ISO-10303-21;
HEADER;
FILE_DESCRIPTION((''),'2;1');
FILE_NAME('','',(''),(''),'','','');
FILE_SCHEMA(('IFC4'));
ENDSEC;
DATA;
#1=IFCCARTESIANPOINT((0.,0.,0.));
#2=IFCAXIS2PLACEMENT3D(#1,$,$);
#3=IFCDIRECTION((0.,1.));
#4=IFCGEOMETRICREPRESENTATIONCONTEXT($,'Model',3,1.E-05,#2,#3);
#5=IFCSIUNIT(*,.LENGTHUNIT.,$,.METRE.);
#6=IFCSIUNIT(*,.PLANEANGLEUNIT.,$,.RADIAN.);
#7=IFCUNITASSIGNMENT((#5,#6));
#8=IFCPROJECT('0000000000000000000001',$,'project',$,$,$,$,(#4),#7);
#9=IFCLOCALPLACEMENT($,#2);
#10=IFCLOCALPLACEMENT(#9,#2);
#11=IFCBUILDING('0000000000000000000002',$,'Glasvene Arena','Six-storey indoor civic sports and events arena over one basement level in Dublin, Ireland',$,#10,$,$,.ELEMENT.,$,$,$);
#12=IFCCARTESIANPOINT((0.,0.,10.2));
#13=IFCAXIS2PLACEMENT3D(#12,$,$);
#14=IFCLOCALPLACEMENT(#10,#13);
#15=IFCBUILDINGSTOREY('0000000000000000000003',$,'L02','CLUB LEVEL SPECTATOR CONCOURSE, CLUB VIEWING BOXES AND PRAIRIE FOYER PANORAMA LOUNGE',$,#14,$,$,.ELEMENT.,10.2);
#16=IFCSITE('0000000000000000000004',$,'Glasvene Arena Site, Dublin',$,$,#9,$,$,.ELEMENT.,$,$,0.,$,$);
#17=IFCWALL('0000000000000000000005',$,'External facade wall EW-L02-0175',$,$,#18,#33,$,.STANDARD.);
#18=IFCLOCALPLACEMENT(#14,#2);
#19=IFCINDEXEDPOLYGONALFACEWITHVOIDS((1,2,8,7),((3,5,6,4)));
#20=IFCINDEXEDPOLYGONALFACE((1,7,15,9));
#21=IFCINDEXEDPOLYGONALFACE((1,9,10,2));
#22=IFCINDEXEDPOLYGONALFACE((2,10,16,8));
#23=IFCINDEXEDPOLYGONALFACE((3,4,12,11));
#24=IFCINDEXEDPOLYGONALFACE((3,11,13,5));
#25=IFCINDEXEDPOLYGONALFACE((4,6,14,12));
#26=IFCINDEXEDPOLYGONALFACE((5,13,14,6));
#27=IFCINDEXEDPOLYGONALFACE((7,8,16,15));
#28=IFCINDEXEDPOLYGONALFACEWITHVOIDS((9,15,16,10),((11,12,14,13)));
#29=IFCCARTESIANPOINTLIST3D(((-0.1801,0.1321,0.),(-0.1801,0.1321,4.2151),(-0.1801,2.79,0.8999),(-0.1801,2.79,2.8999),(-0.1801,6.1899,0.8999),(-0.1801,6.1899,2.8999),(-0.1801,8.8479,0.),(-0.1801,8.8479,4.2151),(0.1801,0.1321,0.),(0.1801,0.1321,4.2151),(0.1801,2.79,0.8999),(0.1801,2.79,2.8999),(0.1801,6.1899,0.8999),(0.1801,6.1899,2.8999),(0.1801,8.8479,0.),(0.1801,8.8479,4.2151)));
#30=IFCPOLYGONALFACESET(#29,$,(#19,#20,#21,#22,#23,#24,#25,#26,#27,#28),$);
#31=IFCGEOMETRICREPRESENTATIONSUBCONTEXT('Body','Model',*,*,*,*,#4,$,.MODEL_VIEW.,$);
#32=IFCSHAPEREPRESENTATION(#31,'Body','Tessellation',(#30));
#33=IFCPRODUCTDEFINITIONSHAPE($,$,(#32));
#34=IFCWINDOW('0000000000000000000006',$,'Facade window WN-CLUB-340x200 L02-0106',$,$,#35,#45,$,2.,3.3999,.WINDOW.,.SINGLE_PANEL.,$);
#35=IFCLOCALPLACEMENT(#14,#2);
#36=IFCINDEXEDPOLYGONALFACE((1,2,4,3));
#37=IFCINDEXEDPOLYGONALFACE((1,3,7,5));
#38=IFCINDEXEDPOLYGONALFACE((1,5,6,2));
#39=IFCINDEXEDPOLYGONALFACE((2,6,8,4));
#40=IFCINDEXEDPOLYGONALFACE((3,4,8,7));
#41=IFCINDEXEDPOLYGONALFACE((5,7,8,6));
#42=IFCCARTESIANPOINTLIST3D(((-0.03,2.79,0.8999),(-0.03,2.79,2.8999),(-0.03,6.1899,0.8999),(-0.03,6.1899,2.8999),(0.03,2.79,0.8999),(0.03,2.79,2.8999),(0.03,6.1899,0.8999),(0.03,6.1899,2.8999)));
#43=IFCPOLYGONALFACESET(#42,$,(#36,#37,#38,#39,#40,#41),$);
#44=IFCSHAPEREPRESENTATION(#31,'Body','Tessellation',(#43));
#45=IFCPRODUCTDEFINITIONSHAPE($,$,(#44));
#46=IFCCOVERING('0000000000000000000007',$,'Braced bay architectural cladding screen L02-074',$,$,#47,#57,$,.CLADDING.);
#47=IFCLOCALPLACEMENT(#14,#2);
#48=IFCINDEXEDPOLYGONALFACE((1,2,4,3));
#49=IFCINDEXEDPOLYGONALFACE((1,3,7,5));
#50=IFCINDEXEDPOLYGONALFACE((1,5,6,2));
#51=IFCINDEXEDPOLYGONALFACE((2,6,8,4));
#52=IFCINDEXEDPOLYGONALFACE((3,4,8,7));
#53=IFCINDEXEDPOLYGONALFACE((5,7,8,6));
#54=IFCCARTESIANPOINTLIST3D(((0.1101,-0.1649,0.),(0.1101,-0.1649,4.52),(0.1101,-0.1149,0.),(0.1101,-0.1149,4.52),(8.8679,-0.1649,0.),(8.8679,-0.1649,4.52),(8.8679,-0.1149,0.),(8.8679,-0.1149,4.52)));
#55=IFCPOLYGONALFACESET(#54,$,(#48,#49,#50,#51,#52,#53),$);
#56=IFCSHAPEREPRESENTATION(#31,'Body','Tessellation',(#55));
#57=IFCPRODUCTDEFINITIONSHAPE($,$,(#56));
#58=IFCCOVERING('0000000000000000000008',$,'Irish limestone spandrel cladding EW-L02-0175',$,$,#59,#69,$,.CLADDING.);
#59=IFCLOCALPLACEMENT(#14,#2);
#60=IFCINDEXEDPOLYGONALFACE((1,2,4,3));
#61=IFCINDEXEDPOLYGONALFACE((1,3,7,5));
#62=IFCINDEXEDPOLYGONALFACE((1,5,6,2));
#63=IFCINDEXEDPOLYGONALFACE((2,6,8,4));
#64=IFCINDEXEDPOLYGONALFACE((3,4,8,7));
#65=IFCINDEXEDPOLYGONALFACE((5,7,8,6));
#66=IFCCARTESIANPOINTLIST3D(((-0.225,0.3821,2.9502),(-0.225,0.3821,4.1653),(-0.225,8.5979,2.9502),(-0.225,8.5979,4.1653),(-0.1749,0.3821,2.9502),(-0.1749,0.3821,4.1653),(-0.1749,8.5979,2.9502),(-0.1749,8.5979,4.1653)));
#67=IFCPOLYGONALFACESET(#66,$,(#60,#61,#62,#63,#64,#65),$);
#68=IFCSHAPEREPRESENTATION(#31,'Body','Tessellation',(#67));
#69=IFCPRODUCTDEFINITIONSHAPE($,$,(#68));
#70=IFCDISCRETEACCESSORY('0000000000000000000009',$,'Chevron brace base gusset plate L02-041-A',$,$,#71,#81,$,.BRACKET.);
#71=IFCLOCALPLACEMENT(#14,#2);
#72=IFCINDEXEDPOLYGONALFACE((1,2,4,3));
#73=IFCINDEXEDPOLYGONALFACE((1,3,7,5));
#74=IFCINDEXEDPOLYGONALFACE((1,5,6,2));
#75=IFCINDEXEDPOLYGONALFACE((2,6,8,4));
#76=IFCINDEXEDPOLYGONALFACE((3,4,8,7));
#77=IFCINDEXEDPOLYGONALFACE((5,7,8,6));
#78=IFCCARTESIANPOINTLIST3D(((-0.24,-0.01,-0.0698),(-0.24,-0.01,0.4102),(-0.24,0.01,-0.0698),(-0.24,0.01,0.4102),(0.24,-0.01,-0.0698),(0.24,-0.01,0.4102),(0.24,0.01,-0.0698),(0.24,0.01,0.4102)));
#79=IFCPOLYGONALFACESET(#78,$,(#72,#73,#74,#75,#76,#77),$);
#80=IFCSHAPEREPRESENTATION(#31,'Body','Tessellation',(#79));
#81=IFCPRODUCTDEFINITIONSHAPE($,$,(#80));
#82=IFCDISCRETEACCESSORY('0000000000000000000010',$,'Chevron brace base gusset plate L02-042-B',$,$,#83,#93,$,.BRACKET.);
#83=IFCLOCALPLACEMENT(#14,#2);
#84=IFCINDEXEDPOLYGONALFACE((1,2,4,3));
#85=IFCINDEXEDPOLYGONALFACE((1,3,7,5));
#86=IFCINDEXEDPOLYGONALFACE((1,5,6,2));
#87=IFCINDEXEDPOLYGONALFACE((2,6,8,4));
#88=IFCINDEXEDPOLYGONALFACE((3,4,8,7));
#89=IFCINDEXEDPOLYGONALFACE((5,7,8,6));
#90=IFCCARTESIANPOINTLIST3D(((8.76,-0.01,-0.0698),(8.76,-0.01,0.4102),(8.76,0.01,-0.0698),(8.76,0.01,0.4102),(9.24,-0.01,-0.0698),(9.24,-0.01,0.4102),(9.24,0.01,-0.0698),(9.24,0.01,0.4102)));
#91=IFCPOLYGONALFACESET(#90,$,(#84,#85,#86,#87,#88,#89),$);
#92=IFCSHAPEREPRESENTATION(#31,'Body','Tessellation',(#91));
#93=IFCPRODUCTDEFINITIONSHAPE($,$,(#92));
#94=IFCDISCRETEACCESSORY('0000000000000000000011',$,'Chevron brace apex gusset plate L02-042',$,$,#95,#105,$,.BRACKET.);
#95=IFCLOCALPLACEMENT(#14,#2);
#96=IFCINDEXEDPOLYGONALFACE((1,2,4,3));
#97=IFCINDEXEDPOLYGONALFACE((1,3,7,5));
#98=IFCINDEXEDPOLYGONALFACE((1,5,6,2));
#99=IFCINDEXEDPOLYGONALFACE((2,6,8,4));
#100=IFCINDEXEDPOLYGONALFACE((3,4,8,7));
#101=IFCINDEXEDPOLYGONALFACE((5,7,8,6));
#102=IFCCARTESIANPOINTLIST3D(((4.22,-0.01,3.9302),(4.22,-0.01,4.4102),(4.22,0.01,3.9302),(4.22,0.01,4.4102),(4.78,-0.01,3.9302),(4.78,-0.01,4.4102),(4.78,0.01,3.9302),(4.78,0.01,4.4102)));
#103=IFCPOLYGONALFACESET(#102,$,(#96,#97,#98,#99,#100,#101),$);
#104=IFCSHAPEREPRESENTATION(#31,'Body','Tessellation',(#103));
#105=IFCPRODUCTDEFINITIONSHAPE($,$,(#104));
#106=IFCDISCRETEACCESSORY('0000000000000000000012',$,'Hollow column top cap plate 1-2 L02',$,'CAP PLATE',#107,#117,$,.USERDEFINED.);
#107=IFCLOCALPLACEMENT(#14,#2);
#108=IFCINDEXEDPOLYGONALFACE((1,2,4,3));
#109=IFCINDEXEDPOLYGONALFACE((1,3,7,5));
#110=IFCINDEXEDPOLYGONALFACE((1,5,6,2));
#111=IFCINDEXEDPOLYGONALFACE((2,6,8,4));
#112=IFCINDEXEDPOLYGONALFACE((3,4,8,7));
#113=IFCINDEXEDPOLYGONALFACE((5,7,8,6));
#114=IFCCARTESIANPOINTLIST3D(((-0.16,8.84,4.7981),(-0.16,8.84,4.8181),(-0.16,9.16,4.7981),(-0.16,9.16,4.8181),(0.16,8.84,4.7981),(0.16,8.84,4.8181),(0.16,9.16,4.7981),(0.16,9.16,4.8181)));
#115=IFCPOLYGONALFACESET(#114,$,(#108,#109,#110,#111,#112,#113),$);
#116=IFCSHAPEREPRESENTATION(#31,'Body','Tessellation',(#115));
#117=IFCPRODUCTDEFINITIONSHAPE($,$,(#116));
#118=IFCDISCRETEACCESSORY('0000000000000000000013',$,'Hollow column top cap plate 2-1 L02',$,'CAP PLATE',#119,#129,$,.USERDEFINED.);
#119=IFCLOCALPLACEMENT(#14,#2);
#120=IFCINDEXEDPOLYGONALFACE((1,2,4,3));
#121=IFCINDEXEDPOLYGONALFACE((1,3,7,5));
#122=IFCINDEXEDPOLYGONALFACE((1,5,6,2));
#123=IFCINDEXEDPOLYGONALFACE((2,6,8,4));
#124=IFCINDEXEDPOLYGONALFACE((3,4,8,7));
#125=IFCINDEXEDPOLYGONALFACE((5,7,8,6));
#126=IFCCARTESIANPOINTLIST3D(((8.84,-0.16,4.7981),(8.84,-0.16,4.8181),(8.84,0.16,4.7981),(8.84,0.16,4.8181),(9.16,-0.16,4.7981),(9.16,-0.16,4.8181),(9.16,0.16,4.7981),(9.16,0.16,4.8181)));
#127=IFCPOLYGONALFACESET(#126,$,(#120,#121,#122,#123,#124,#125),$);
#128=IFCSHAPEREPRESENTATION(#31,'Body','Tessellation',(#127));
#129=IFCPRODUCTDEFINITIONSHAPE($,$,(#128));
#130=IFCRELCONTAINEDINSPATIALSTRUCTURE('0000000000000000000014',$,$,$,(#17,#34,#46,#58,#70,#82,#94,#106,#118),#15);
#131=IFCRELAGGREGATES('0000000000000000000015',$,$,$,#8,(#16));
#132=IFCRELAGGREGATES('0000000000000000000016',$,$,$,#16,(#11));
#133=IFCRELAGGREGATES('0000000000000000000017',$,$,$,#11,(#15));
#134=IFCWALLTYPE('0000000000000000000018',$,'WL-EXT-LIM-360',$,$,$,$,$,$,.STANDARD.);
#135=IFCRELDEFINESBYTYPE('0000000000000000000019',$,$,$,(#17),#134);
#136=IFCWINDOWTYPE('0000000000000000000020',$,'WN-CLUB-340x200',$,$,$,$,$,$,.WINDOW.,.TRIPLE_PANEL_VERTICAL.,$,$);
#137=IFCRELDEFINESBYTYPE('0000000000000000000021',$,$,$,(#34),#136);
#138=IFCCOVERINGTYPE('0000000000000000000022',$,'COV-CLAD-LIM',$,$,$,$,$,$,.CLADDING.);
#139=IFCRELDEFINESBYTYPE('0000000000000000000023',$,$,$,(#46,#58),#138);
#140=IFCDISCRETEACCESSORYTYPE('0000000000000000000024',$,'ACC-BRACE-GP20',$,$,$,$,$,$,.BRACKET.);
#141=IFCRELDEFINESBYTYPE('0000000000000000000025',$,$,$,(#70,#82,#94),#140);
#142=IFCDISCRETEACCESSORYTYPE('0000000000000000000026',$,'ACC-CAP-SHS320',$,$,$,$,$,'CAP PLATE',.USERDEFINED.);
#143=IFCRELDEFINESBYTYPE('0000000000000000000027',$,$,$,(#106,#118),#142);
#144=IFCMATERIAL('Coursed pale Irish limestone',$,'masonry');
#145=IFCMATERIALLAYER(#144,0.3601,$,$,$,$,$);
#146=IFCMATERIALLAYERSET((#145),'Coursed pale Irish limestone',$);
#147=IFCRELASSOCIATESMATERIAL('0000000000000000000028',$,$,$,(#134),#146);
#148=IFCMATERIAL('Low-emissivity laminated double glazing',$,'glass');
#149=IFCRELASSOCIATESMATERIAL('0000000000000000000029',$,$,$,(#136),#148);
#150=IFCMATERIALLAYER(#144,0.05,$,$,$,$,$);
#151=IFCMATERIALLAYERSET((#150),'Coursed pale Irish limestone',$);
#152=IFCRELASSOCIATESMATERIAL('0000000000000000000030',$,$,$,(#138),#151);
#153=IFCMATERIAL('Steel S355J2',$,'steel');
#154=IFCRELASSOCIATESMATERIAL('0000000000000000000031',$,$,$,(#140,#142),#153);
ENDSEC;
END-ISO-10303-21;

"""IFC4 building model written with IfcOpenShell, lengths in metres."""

from ifc_helpers import new_model, si_unit, direction, frame, frame_2d, origin, origin_2d, place, context, subcontext, project, spatial, rectangle, extrude, material, layer, layer_set, type_object, element, fill, save


model = new_model("IFC4")

# Units and contexts
model_context = context("Model", 3, precision=1e-05, world=origin(), true_north=direction((0.0, 1.0)))
body_context = subcontext(model_context, "Body", "Model", "MODEL_VIEW")
ifc_project = project(units=[si_unit("LENGTHUNIT", "METRE"), si_unit("PLANEANGLEUNIT", "RADIAN")], contexts=[model_context])

# Site, building, storey
site_placement = place(None, origin())
site = spatial("IfcSite", under=ifc_project, at=site_placement, Name="Glasvene Arena Site, Dublin", CompositionType="ELEMENT", RefElevation=0.0)
building_placement = place(site_placement, origin())
building = spatial("IfcBuilding", under=site, at=building_placement, Name="Glasvene Arena", Description="Six-storey indoor civic sports and events arena over one basement level in Dublin, Ireland", CompositionType="ELEMENT")
storey_placement = place(building_placement, frame((0.0, 0.0, 10.2)))
storey = spatial("IfcBuildingStorey", under=building, at=storey_placement, Name="L02", Description="CLUB LEVEL SPECTATOR CONCOURSE, CLUB VIEWING BOXES AND PRAIRIE FOYER PANORAMA LOUNGE", CompositionType="ELEMENT", Elevation=10.2)

# Shared definitions
ifc_material_1 = material(Name="Steel S355J2", Category="steel")

# Shared definitions
ifc_material_2 = material(Name="Low-emissivity laminated double glazing", Category="glass")

# Wall, opening, window
ifc_material_3 = material(Name="Coursed pale Irish limestone", Category="masonry")
ifc_layer_1 = layer(ifc_material_3, 0.3601)
ifc_layer_set_1 = layer_set([ifc_layer_1], Name="Coursed pale Irish limestone")
wall_type = type_object("IfcWallType", Name="WL-EXT-LIM-360", PredefinedType="STANDARD", material=ifc_layer_set_1)
wall_placement = place(storey_placement, frame((0.0, 0.1321, 0.0), z_axis=(0.0, 0.0, 1.0), x_axis=(0.0, 1.0, 0.0)))
wall = element("IfcWall", 1, at=wall_placement, inside=storey, type_object=wall_type, Name="External facade wall EW-L02-0175", PredefinedType="STANDARD", context=body_context, shape_type="SweptSolid", body=[
    extrude(rectangle(XDim=8.7158, YDim=0.3601, at=frame_2d((4.3579, 0.0))), origin(), (0.0, 0.0, 1.0), 4.2151),
])
opening_placement = place(wall_placement, frame((2.658, 0.0, 0.8999)))
opening = element("IfcOpeningElement", 2, at=opening_placement, cuts=wall, PredefinedType="OPENING", context=body_context, shape_type="SweptSolid", body=[
    extrude(rectangle(XDim=3.3999, YDim=2.0, at=frame_2d((1.7, 1.0))), frame((0.0, 0.1899, 0.0), z_axis=(0.0, -1.0, 0.0), x_axis=(1.0, 0.0, 0.0)), (0.0, 0.0, 1.0), 0.3801),
])
window_type = type_object("IfcWindowType", Name="WN-CLUB-340x200", PartitioningType="TRIPLE_PANEL_VERTICAL", PredefinedType="WINDOW", material=ifc_material_2)
window_placement = place(opening_placement, origin())
window = element("IfcWindow", 3, at=window_placement, inside=storey, type_object=window_type, Name="Facade window WN-CLUB-340x200 L02-0106", OverallHeight=2.0, OverallWidth=3.3999, PartitioningType="SINGLE_PANEL", PredefinedType="WINDOW", context=body_context, shape_type="SweptSolid", body=[
    extrude(rectangle(XDim=3.3999, YDim=2.0, at=frame_2d((1.7, 1.0))), frame((0.0, 0.03, 0.0), z_axis=(0.0, -1.0, 0.0), x_axis=(1.0, 0.0, 0.0)), (0.0, 0.0, 1.0), 0.0601),
])
fill(opening, window)

# Coverings
ifc_layer_2 = layer(ifc_material_3, 0.05)
ifc_layer_set_2 = layer_set([ifc_layer_2], Name="Coursed pale Irish limestone")
covering_type = type_object("IfcCoveringType", Name="COV-CLAD-LIM", PredefinedType="CLADDING", material=ifc_layer_set_2)
covering_1_placement = place(storey_placement, frame((4.489, -0.1399, 0.0), z_axis=(0.0, 0.0, 1.0), x_axis=(-1.0, 0.0, 0.0)))
element("IfcCovering", 4, at=covering_1_placement, inside=storey, type_object=covering_type, Name="Braced bay architectural cladding screen L02-074", PredefinedType="CLADDING", context=body_context, shape_type="SweptSolid", body=[
    extrude(rectangle(XDim=8.7578, YDim=0.05, at=origin_2d()), origin(), (0.0, 0.0, 1.0), 4.52),
])
covering_2_placement = place(storey_placement, frame((-0.2, 4.49, 2.9502), z_axis=(0.0, 0.0, 1.0), x_axis=(0.0, 1.0, 0.0)))
element("IfcCovering", 5, at=covering_2_placement, inside=storey, type_object=covering_type, Name="Irish limestone spandrel cladding EW-L02-0175", PredefinedType="CLADDING", context=body_context, shape_type="SweptSolid", body=[
    extrude(rectangle(XDim=8.2158, YDim=0.05, at=origin_2d()), origin(), (0.0, 0.0, 1.0), 1.2151),
])

# Discrete accessories
discrete_accessory_type_1 = type_object("IfcDiscreteAccessoryType", Name="ACC-BRACE-GP20", PredefinedType="BRACKET", material=ifc_material_1)
for number, where, z_axis, x_axis, name in (
    (6, (0.0, 0.0, -0.0698), (0.0, 0.0, 1.0), (1.0, 0.0, 0.0), "Chevron brace base gusset plate L02-041-A"),
    (7, (9.0, 0.0, -0.0698), (0.0, 0.0, 1.0), (1.0, 0.0, 0.0), "Chevron brace base gusset plate L02-042-B"),
):
    element("IfcDiscreteAccessory", number, at=place(storey_placement, frame(where, z_axis=z_axis, x_axis=x_axis)), inside=storey, type_object=discrete_accessory_type_1, Name=name, PredefinedType="BRACKET", context=body_context, shape_type="SweptSolid", body=[
        extrude(rectangle(XDim=0.48, YDim=0.02, at=origin_2d()), origin(), (0.0, 0.0, 1.0), 0.48),
    ])
discrete_accessory_placement = place(storey_placement, frame((4.5, 0.0, 3.9302), z_axis=(0.0, 0.0, 1.0), x_axis=(1.0, 0.0, 0.0)))
element("IfcDiscreteAccessory", 8, at=discrete_accessory_placement, inside=storey, type_object=discrete_accessory_type_1, Name="Chevron brace apex gusset plate L02-042", PredefinedType="BRACKET", context=body_context, shape_type="SweptSolid", body=[
    extrude(rectangle(XDim=0.5601, YDim=0.02, at=origin_2d()), origin(), (0.0, 0.0, 1.0), 0.48),
])
discrete_accessory_type_2 = type_object("IfcDiscreteAccessoryType", Name="ACC-CAP-SHS320", ElementType="CAP PLATE", PredefinedType="USERDEFINED", material=ifc_material_1)
for number, where, z_axis, x_axis, name in (
    (9, (0.0, 9.0, 4.7981), (0.0, 0.0, 1.0), (1.0, 0.0, 0.0), "Hollow column top cap plate 1-2 L02"),
    (10, (9.0, 0.0, 4.7981), (0.0, 0.0, 1.0), (1.0, 0.0, 0.0), "Hollow column top cap plate 2-1 L02"),
):
    element("IfcDiscreteAccessory", number, at=place(storey_placement, frame(where, z_axis=z_axis, x_axis=x_axis)), inside=storey, type_object=discrete_accessory_type_2, Name=name, ObjectType="CAP PLATE", PredefinedType="USERDEFINED", context=body_context, shape_type="SweptSolid", body=[
        extrude(rectangle(XDim=0.3201, YDim=0.3201, at=origin_2d()), origin(), (0.0, 0.0, 1.0), 0.02),
    ])

save(model, "model.ifc")
